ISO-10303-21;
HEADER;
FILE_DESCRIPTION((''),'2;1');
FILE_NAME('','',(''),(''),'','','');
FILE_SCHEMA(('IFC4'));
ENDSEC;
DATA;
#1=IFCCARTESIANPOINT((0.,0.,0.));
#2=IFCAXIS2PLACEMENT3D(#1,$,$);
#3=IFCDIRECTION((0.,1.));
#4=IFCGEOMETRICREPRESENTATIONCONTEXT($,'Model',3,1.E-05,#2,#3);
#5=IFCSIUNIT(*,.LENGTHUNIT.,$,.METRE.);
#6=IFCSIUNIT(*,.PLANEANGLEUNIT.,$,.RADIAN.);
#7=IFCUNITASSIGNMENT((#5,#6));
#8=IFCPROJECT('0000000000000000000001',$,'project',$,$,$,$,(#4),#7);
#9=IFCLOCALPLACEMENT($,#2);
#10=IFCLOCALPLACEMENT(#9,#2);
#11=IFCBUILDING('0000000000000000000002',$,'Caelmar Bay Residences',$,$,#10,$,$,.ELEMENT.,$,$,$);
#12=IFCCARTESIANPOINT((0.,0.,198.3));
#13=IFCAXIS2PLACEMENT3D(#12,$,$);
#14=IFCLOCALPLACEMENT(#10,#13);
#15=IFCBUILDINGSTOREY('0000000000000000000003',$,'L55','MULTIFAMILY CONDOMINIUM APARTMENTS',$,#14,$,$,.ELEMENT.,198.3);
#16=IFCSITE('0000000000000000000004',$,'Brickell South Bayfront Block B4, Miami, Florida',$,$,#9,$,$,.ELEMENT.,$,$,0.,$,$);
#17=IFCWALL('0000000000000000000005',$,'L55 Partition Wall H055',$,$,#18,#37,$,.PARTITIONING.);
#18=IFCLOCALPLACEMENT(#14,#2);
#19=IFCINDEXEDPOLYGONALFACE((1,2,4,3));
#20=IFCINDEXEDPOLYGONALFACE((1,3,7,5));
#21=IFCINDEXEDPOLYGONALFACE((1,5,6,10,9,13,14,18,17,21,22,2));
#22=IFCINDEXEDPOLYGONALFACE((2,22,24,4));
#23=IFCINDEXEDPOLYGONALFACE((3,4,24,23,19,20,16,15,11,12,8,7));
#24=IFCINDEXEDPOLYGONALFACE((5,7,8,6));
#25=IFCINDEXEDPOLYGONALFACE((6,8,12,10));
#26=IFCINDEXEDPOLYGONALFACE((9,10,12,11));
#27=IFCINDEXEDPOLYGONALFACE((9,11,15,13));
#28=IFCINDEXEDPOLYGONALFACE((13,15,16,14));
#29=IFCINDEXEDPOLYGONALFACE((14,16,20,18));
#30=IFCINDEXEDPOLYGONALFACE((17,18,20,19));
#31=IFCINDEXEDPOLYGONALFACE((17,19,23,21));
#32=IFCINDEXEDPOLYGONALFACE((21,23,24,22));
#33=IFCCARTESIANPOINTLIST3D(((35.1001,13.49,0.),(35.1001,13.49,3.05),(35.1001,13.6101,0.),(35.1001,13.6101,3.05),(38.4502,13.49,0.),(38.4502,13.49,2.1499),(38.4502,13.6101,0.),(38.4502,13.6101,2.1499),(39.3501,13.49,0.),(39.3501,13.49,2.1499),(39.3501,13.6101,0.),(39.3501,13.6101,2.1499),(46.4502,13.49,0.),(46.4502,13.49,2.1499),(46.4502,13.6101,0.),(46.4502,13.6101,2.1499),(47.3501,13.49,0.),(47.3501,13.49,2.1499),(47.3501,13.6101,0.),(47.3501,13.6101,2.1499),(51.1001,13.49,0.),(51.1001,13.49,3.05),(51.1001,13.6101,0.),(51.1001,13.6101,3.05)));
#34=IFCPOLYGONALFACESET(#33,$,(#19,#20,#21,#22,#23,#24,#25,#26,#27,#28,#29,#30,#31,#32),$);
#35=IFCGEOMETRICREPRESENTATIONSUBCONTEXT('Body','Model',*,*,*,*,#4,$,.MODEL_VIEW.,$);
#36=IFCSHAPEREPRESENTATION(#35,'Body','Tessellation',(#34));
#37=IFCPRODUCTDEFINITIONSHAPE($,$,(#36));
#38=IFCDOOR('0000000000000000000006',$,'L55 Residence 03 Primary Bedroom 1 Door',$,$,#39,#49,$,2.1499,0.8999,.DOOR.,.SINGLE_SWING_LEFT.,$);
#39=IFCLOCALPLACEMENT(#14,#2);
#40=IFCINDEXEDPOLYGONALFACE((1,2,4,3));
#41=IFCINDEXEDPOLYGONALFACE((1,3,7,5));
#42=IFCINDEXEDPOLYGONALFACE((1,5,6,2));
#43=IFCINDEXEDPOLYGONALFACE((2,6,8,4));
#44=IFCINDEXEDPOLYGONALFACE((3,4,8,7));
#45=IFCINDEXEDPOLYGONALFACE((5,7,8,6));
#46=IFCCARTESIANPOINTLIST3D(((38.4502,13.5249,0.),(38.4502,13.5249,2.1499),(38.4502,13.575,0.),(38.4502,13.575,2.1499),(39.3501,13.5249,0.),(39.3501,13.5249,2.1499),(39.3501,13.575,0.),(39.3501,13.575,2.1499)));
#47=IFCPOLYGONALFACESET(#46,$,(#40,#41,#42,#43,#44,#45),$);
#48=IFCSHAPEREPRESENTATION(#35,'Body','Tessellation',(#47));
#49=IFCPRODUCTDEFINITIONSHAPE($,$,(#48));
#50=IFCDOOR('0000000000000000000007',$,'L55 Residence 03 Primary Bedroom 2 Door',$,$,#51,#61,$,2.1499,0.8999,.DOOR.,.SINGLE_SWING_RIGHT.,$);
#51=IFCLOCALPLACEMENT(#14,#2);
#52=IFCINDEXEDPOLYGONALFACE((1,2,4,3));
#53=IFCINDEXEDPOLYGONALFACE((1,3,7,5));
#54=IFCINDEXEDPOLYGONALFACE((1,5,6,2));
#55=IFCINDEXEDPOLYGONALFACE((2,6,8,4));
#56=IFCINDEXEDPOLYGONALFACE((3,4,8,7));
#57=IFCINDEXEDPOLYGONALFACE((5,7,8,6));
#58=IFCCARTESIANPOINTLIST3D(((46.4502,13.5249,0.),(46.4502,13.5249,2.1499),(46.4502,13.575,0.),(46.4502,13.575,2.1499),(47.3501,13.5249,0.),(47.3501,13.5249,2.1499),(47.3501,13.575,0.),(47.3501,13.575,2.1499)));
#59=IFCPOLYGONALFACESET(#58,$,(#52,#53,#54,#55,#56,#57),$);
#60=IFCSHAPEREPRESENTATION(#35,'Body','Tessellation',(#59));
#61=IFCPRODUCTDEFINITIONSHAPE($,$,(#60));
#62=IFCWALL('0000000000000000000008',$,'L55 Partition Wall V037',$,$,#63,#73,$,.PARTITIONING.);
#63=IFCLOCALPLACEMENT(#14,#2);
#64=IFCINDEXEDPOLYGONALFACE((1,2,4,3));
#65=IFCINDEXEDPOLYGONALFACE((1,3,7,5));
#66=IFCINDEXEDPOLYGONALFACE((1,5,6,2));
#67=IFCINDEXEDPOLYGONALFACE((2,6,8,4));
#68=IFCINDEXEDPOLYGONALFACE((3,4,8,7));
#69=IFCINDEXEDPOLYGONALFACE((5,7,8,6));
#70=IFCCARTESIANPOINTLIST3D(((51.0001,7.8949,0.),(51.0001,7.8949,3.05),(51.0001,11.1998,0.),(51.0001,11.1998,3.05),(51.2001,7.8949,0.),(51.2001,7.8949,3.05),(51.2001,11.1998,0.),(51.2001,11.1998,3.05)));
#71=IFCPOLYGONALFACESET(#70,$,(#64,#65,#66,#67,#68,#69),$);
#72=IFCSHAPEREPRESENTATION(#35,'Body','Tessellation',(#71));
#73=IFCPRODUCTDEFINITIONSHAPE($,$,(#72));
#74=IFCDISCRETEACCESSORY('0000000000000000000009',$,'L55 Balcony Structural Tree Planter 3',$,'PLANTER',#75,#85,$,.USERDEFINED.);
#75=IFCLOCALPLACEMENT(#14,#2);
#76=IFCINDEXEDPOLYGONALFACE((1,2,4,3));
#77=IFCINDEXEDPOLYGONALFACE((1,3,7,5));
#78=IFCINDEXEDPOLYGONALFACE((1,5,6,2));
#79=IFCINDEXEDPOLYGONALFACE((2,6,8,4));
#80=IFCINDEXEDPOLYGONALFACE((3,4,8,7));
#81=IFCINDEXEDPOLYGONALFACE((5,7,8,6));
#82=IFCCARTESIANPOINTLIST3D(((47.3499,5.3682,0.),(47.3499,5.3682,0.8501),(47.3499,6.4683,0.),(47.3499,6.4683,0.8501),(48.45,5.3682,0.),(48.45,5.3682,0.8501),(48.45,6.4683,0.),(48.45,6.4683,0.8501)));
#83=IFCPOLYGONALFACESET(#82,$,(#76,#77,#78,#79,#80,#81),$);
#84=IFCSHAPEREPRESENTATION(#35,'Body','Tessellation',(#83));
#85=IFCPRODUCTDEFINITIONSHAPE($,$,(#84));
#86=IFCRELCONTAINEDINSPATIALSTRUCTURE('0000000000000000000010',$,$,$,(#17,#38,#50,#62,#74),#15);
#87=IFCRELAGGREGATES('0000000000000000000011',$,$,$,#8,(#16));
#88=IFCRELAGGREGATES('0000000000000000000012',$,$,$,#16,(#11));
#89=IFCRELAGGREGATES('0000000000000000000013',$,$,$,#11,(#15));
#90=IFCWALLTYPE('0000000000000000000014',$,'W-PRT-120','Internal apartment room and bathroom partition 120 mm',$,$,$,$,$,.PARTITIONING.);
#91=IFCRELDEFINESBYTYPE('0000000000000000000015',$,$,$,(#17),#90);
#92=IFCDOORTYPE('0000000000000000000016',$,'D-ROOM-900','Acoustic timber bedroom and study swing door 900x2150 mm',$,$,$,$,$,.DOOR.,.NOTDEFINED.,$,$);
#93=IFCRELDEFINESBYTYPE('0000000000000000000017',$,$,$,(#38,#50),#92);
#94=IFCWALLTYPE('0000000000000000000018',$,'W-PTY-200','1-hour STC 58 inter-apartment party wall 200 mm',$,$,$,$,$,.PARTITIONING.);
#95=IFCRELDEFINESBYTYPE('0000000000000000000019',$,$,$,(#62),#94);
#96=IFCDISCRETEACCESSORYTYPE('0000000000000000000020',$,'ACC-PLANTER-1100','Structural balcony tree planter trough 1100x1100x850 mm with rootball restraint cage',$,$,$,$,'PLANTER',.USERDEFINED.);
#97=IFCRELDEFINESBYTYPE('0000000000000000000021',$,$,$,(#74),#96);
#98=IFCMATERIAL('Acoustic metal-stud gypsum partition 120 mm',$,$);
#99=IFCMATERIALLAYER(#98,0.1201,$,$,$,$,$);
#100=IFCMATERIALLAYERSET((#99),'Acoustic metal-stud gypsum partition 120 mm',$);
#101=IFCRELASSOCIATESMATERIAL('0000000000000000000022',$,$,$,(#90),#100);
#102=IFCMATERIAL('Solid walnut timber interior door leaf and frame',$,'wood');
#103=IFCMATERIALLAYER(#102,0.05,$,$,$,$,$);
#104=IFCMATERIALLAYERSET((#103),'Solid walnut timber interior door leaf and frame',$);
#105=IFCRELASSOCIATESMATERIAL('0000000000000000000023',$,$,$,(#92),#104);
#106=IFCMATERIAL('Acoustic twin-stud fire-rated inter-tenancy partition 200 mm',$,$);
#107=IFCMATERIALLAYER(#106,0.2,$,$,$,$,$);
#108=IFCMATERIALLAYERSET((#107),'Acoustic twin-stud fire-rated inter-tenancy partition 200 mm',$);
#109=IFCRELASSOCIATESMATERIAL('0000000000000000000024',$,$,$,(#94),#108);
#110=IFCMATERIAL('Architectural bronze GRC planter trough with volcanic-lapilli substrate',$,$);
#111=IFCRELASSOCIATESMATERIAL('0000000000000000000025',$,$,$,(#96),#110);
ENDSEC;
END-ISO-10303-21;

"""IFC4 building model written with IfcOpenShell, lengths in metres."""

from ifc_helpers import new_model, si_unit, direction, frame, frame_2d, origin, origin_2d, place, context, subcontext, project, spatial, rectangle, extrude, material, layer, layer_set, type_object, element, fill, save


model = new_model("IFC4")

# Units and contexts
model_context = context("Model", 3, precision=1e-05, world=origin(), true_north=direction((0.0, 1.0)))
body_context = subcontext(model_context, "Body", "Model", "MODEL_VIEW")
ifc_project = project(units=[si_unit("LENGTHUNIT", "METRE"), si_unit("PLANEANGLEUNIT", "RADIAN")], contexts=[model_context])

# Site, building, storey
site_placement = place(None, origin())
site = spatial("IfcSite", under=ifc_project, at=site_placement, Name="Brickell South Bayfront Block B4, Miami, Florida", CompositionType="ELEMENT", RefElevation=0.0)
building_placement = place(site_placement, origin())
building = spatial("IfcBuilding", under=site, at=building_placement, Name="Caelmar Bay Residences", CompositionType="ELEMENT")
storey_placement = place(building_placement, frame((0.0, 0.0, 198.3)))
storey = spatial("IfcBuildingStorey", under=building, at=storey_placement, Name="L55", Description="MULTIFAMILY CONDOMINIUM APARTMENTS", CompositionType="ELEMENT", Elevation=198.3)

# Shared definitions
ifc_material_1 = material(Name="Acoustic metal-stud gypsum partition 120 mm")
ifc_layer_1 = layer(ifc_material_1, 0.1201)
ifc_layer_set_1 = layer_set([ifc_layer_1], Name="Acoustic metal-stud gypsum partition 120 mm")
wall_type_1 = type_object("IfcWallType", Name="W-PRT-120", Description="Internal apartment room and bathroom partition 120 mm", PredefinedType="PARTITIONING", material=ifc_layer_set_1)

# Shared definitions
ifc_material_2 = material(Name="Solid walnut timber interior door leaf and frame", Category="wood")
ifc_layer_2 = layer(ifc_material_2, 0.05)
ifc_layer_set_2 = layer_set([ifc_layer_2], Name="Solid walnut timber interior door leaf and frame")
door_type = type_object("IfcDoorType", Name="D-ROOM-900", Description="Acoustic timber bedroom and study swing door 900x2150 mm", OperationType="NOTDEFINED", PredefinedType="DOOR", material=ifc_layer_set_2)

# Wall, openings, doors
wall_1_placement = place(storey_placement, frame((35.1001, 13.55, 0.0), z_axis=(0.0, 0.0, 1.0), x_axis=(1.0, 0.0, 0.0)))
wall_1 = element("IfcWall", 1, at=wall_1_placement, inside=storey, type_object=wall_type_1, Name="L55 Partition Wall H055", PredefinedType="PARTITIONING", context=body_context, shape_type="SweptSolid", body=[
    extrude(rectangle(XDim=16.0, YDim=0.1201, at=frame_2d((8.0, 0.0))), origin(), (0.0, 0.0, 1.0), 3.05),
])
opening_1_placement = place(wall_1_placement, frame((3.3501, 0.0, 0.0)))
opening_1 = element("IfcOpeningElement", 2, at=opening_1_placement, cuts=wall_1, PredefinedType="OPENING", context=body_context, shape_type="SweptSolid", body=[
    extrude(rectangle(XDim=0.8999, YDim=2.1499, at=frame_2d((0.45, 1.075))), frame((0.0, 0.0701, 0.0), z_axis=(0.0, -1.0, 0.0), x_axis=(1.0, 0.0, 0.0)), (0.0, 0.0, 1.0), 0.1401),
])
opening_2_placement = place(wall_1_placement, frame((11.3501, 0.0, 0.0)))
opening_2 = element("IfcOpeningElement", 3, at=opening_2_placement, cuts=wall_1, PredefinedType="OPENING", context=body_context, shape_type="SweptSolid", body=[
    extrude(rectangle(XDim=0.8999, YDim=2.1499, at=frame_2d((0.45, 1.075))), frame((0.0, 0.0701, 0.0), z_axis=(0.0, -1.0, 0.0), x_axis=(1.0, 0.0, 0.0)), (0.0, 0.0, 1.0), 0.1401),
])
door_1_placement = place(opening_1_placement, origin())
door_1 = element("IfcDoor", 4, at=door_1_placement, inside=storey, type_object=door_type, Name="L55 Residence 03 Primary Bedroom 1 Door", OperationType="SINGLE_SWING_LEFT", OverallHeight=2.1499, OverallWidth=0.8999, PredefinedType="DOOR", context=body_context, shape_type="SweptSolid", body=[
    extrude(rectangle(XDim=0.8999, YDim=2.1499, at=frame_2d((0.45, 1.075))), frame((0.0, 0.0249, 0.0), z_axis=(0.0, -1.0, 0.0), x_axis=(1.0, 0.0, 0.0)), (0.0, 0.0, 1.0), 0.05),
])
fill(opening_1, door_1)
door_2_placement = place(opening_2_placement, origin())
door_2 = element("IfcDoor", 5, at=door_2_placement, inside=storey, type_object=door_type, Name="L55 Residence 03 Primary Bedroom 2 Door", OperationType="SINGLE_SWING_RIGHT", OverallHeight=2.1499, OverallWidth=0.8999, PredefinedType="DOOR", context=body_context, shape_type="SweptSolid", body=[
    extrude(rectangle(XDim=0.8999, YDim=2.1499, at=frame_2d((0.45, 1.075))), frame((0.0, 0.0249, 0.0), z_axis=(0.0, -1.0, 0.0), x_axis=(1.0, 0.0, 0.0)), (0.0, 0.0, 1.0), 0.05),
])
fill(opening_2, door_2)

# Wall
ifc_material_3 = material(Name="Acoustic twin-stud fire-rated inter-tenancy partition 200 mm")
ifc_layer_3 = layer(ifc_material_3, 0.2)
ifc_layer_set_3 = layer_set([ifc_layer_3], Name="Acoustic twin-stud fire-rated inter-tenancy partition 200 mm")
wall_type_2 = type_object("IfcWallType", Name="W-PTY-200", Description="1-hour STC 58 inter-apartment party wall 200 mm", PredefinedType="PARTITIONING", material=ifc_layer_set_3)
wall_2_placement = place(storey_placement, frame((51.1001, 7.895, 0.0), z_axis=(0.0, 0.0, 1.0), x_axis=(0.0, 1.0, 0.0)))
element("IfcWall", 6, at=wall_2_placement, inside=storey, type_object=wall_type_2, Name="L55 Partition Wall V037", PredefinedType="PARTITIONING", context=body_context, shape_type="SweptSolid", body=[
    extrude(rectangle(XDim=3.3049, YDim=0.2, at=frame_2d((1.6523, 0.0))), origin(), (0.0, 0.0, 1.0), 3.05),
])

# Discrete accessory
ifc_material_4 = material(Name="Architectural bronze GRC planter trough with volcanic-lapilli substrate")
discrete_accessory_type = type_object("IfcDiscreteAccessoryType", Name="ACC-PLANTER-1100", Description="Structural balcony tree planter trough 1100x1100x850 mm with rootball restraint cage", ElementType="PLANTER", PredefinedType="USERDEFINED", material=ifc_material_4)
discrete_accessory_placement = place(storey_placement, frame((47.8999, 5.9182, 0.0), z_axis=(0.0, 0.0, 1.0), x_axis=(1.0, 0.0, 0.0)))
element("IfcDiscreteAccessory", 7, at=discrete_accessory_placement, inside=storey, type_object=discrete_accessory_type, Name="L55 Balcony Structural Tree Planter 3", ObjectType="PLANTER", PredefinedType="USERDEFINED", context=body_context, shape_type="SweptSolid", body=[
    extrude(rectangle(XDim=1.1001, YDim=1.1001, at=origin_2d()), origin(), (0.0, 0.0, 1.0), 0.8501),
])

save(model, "model.ifc")
